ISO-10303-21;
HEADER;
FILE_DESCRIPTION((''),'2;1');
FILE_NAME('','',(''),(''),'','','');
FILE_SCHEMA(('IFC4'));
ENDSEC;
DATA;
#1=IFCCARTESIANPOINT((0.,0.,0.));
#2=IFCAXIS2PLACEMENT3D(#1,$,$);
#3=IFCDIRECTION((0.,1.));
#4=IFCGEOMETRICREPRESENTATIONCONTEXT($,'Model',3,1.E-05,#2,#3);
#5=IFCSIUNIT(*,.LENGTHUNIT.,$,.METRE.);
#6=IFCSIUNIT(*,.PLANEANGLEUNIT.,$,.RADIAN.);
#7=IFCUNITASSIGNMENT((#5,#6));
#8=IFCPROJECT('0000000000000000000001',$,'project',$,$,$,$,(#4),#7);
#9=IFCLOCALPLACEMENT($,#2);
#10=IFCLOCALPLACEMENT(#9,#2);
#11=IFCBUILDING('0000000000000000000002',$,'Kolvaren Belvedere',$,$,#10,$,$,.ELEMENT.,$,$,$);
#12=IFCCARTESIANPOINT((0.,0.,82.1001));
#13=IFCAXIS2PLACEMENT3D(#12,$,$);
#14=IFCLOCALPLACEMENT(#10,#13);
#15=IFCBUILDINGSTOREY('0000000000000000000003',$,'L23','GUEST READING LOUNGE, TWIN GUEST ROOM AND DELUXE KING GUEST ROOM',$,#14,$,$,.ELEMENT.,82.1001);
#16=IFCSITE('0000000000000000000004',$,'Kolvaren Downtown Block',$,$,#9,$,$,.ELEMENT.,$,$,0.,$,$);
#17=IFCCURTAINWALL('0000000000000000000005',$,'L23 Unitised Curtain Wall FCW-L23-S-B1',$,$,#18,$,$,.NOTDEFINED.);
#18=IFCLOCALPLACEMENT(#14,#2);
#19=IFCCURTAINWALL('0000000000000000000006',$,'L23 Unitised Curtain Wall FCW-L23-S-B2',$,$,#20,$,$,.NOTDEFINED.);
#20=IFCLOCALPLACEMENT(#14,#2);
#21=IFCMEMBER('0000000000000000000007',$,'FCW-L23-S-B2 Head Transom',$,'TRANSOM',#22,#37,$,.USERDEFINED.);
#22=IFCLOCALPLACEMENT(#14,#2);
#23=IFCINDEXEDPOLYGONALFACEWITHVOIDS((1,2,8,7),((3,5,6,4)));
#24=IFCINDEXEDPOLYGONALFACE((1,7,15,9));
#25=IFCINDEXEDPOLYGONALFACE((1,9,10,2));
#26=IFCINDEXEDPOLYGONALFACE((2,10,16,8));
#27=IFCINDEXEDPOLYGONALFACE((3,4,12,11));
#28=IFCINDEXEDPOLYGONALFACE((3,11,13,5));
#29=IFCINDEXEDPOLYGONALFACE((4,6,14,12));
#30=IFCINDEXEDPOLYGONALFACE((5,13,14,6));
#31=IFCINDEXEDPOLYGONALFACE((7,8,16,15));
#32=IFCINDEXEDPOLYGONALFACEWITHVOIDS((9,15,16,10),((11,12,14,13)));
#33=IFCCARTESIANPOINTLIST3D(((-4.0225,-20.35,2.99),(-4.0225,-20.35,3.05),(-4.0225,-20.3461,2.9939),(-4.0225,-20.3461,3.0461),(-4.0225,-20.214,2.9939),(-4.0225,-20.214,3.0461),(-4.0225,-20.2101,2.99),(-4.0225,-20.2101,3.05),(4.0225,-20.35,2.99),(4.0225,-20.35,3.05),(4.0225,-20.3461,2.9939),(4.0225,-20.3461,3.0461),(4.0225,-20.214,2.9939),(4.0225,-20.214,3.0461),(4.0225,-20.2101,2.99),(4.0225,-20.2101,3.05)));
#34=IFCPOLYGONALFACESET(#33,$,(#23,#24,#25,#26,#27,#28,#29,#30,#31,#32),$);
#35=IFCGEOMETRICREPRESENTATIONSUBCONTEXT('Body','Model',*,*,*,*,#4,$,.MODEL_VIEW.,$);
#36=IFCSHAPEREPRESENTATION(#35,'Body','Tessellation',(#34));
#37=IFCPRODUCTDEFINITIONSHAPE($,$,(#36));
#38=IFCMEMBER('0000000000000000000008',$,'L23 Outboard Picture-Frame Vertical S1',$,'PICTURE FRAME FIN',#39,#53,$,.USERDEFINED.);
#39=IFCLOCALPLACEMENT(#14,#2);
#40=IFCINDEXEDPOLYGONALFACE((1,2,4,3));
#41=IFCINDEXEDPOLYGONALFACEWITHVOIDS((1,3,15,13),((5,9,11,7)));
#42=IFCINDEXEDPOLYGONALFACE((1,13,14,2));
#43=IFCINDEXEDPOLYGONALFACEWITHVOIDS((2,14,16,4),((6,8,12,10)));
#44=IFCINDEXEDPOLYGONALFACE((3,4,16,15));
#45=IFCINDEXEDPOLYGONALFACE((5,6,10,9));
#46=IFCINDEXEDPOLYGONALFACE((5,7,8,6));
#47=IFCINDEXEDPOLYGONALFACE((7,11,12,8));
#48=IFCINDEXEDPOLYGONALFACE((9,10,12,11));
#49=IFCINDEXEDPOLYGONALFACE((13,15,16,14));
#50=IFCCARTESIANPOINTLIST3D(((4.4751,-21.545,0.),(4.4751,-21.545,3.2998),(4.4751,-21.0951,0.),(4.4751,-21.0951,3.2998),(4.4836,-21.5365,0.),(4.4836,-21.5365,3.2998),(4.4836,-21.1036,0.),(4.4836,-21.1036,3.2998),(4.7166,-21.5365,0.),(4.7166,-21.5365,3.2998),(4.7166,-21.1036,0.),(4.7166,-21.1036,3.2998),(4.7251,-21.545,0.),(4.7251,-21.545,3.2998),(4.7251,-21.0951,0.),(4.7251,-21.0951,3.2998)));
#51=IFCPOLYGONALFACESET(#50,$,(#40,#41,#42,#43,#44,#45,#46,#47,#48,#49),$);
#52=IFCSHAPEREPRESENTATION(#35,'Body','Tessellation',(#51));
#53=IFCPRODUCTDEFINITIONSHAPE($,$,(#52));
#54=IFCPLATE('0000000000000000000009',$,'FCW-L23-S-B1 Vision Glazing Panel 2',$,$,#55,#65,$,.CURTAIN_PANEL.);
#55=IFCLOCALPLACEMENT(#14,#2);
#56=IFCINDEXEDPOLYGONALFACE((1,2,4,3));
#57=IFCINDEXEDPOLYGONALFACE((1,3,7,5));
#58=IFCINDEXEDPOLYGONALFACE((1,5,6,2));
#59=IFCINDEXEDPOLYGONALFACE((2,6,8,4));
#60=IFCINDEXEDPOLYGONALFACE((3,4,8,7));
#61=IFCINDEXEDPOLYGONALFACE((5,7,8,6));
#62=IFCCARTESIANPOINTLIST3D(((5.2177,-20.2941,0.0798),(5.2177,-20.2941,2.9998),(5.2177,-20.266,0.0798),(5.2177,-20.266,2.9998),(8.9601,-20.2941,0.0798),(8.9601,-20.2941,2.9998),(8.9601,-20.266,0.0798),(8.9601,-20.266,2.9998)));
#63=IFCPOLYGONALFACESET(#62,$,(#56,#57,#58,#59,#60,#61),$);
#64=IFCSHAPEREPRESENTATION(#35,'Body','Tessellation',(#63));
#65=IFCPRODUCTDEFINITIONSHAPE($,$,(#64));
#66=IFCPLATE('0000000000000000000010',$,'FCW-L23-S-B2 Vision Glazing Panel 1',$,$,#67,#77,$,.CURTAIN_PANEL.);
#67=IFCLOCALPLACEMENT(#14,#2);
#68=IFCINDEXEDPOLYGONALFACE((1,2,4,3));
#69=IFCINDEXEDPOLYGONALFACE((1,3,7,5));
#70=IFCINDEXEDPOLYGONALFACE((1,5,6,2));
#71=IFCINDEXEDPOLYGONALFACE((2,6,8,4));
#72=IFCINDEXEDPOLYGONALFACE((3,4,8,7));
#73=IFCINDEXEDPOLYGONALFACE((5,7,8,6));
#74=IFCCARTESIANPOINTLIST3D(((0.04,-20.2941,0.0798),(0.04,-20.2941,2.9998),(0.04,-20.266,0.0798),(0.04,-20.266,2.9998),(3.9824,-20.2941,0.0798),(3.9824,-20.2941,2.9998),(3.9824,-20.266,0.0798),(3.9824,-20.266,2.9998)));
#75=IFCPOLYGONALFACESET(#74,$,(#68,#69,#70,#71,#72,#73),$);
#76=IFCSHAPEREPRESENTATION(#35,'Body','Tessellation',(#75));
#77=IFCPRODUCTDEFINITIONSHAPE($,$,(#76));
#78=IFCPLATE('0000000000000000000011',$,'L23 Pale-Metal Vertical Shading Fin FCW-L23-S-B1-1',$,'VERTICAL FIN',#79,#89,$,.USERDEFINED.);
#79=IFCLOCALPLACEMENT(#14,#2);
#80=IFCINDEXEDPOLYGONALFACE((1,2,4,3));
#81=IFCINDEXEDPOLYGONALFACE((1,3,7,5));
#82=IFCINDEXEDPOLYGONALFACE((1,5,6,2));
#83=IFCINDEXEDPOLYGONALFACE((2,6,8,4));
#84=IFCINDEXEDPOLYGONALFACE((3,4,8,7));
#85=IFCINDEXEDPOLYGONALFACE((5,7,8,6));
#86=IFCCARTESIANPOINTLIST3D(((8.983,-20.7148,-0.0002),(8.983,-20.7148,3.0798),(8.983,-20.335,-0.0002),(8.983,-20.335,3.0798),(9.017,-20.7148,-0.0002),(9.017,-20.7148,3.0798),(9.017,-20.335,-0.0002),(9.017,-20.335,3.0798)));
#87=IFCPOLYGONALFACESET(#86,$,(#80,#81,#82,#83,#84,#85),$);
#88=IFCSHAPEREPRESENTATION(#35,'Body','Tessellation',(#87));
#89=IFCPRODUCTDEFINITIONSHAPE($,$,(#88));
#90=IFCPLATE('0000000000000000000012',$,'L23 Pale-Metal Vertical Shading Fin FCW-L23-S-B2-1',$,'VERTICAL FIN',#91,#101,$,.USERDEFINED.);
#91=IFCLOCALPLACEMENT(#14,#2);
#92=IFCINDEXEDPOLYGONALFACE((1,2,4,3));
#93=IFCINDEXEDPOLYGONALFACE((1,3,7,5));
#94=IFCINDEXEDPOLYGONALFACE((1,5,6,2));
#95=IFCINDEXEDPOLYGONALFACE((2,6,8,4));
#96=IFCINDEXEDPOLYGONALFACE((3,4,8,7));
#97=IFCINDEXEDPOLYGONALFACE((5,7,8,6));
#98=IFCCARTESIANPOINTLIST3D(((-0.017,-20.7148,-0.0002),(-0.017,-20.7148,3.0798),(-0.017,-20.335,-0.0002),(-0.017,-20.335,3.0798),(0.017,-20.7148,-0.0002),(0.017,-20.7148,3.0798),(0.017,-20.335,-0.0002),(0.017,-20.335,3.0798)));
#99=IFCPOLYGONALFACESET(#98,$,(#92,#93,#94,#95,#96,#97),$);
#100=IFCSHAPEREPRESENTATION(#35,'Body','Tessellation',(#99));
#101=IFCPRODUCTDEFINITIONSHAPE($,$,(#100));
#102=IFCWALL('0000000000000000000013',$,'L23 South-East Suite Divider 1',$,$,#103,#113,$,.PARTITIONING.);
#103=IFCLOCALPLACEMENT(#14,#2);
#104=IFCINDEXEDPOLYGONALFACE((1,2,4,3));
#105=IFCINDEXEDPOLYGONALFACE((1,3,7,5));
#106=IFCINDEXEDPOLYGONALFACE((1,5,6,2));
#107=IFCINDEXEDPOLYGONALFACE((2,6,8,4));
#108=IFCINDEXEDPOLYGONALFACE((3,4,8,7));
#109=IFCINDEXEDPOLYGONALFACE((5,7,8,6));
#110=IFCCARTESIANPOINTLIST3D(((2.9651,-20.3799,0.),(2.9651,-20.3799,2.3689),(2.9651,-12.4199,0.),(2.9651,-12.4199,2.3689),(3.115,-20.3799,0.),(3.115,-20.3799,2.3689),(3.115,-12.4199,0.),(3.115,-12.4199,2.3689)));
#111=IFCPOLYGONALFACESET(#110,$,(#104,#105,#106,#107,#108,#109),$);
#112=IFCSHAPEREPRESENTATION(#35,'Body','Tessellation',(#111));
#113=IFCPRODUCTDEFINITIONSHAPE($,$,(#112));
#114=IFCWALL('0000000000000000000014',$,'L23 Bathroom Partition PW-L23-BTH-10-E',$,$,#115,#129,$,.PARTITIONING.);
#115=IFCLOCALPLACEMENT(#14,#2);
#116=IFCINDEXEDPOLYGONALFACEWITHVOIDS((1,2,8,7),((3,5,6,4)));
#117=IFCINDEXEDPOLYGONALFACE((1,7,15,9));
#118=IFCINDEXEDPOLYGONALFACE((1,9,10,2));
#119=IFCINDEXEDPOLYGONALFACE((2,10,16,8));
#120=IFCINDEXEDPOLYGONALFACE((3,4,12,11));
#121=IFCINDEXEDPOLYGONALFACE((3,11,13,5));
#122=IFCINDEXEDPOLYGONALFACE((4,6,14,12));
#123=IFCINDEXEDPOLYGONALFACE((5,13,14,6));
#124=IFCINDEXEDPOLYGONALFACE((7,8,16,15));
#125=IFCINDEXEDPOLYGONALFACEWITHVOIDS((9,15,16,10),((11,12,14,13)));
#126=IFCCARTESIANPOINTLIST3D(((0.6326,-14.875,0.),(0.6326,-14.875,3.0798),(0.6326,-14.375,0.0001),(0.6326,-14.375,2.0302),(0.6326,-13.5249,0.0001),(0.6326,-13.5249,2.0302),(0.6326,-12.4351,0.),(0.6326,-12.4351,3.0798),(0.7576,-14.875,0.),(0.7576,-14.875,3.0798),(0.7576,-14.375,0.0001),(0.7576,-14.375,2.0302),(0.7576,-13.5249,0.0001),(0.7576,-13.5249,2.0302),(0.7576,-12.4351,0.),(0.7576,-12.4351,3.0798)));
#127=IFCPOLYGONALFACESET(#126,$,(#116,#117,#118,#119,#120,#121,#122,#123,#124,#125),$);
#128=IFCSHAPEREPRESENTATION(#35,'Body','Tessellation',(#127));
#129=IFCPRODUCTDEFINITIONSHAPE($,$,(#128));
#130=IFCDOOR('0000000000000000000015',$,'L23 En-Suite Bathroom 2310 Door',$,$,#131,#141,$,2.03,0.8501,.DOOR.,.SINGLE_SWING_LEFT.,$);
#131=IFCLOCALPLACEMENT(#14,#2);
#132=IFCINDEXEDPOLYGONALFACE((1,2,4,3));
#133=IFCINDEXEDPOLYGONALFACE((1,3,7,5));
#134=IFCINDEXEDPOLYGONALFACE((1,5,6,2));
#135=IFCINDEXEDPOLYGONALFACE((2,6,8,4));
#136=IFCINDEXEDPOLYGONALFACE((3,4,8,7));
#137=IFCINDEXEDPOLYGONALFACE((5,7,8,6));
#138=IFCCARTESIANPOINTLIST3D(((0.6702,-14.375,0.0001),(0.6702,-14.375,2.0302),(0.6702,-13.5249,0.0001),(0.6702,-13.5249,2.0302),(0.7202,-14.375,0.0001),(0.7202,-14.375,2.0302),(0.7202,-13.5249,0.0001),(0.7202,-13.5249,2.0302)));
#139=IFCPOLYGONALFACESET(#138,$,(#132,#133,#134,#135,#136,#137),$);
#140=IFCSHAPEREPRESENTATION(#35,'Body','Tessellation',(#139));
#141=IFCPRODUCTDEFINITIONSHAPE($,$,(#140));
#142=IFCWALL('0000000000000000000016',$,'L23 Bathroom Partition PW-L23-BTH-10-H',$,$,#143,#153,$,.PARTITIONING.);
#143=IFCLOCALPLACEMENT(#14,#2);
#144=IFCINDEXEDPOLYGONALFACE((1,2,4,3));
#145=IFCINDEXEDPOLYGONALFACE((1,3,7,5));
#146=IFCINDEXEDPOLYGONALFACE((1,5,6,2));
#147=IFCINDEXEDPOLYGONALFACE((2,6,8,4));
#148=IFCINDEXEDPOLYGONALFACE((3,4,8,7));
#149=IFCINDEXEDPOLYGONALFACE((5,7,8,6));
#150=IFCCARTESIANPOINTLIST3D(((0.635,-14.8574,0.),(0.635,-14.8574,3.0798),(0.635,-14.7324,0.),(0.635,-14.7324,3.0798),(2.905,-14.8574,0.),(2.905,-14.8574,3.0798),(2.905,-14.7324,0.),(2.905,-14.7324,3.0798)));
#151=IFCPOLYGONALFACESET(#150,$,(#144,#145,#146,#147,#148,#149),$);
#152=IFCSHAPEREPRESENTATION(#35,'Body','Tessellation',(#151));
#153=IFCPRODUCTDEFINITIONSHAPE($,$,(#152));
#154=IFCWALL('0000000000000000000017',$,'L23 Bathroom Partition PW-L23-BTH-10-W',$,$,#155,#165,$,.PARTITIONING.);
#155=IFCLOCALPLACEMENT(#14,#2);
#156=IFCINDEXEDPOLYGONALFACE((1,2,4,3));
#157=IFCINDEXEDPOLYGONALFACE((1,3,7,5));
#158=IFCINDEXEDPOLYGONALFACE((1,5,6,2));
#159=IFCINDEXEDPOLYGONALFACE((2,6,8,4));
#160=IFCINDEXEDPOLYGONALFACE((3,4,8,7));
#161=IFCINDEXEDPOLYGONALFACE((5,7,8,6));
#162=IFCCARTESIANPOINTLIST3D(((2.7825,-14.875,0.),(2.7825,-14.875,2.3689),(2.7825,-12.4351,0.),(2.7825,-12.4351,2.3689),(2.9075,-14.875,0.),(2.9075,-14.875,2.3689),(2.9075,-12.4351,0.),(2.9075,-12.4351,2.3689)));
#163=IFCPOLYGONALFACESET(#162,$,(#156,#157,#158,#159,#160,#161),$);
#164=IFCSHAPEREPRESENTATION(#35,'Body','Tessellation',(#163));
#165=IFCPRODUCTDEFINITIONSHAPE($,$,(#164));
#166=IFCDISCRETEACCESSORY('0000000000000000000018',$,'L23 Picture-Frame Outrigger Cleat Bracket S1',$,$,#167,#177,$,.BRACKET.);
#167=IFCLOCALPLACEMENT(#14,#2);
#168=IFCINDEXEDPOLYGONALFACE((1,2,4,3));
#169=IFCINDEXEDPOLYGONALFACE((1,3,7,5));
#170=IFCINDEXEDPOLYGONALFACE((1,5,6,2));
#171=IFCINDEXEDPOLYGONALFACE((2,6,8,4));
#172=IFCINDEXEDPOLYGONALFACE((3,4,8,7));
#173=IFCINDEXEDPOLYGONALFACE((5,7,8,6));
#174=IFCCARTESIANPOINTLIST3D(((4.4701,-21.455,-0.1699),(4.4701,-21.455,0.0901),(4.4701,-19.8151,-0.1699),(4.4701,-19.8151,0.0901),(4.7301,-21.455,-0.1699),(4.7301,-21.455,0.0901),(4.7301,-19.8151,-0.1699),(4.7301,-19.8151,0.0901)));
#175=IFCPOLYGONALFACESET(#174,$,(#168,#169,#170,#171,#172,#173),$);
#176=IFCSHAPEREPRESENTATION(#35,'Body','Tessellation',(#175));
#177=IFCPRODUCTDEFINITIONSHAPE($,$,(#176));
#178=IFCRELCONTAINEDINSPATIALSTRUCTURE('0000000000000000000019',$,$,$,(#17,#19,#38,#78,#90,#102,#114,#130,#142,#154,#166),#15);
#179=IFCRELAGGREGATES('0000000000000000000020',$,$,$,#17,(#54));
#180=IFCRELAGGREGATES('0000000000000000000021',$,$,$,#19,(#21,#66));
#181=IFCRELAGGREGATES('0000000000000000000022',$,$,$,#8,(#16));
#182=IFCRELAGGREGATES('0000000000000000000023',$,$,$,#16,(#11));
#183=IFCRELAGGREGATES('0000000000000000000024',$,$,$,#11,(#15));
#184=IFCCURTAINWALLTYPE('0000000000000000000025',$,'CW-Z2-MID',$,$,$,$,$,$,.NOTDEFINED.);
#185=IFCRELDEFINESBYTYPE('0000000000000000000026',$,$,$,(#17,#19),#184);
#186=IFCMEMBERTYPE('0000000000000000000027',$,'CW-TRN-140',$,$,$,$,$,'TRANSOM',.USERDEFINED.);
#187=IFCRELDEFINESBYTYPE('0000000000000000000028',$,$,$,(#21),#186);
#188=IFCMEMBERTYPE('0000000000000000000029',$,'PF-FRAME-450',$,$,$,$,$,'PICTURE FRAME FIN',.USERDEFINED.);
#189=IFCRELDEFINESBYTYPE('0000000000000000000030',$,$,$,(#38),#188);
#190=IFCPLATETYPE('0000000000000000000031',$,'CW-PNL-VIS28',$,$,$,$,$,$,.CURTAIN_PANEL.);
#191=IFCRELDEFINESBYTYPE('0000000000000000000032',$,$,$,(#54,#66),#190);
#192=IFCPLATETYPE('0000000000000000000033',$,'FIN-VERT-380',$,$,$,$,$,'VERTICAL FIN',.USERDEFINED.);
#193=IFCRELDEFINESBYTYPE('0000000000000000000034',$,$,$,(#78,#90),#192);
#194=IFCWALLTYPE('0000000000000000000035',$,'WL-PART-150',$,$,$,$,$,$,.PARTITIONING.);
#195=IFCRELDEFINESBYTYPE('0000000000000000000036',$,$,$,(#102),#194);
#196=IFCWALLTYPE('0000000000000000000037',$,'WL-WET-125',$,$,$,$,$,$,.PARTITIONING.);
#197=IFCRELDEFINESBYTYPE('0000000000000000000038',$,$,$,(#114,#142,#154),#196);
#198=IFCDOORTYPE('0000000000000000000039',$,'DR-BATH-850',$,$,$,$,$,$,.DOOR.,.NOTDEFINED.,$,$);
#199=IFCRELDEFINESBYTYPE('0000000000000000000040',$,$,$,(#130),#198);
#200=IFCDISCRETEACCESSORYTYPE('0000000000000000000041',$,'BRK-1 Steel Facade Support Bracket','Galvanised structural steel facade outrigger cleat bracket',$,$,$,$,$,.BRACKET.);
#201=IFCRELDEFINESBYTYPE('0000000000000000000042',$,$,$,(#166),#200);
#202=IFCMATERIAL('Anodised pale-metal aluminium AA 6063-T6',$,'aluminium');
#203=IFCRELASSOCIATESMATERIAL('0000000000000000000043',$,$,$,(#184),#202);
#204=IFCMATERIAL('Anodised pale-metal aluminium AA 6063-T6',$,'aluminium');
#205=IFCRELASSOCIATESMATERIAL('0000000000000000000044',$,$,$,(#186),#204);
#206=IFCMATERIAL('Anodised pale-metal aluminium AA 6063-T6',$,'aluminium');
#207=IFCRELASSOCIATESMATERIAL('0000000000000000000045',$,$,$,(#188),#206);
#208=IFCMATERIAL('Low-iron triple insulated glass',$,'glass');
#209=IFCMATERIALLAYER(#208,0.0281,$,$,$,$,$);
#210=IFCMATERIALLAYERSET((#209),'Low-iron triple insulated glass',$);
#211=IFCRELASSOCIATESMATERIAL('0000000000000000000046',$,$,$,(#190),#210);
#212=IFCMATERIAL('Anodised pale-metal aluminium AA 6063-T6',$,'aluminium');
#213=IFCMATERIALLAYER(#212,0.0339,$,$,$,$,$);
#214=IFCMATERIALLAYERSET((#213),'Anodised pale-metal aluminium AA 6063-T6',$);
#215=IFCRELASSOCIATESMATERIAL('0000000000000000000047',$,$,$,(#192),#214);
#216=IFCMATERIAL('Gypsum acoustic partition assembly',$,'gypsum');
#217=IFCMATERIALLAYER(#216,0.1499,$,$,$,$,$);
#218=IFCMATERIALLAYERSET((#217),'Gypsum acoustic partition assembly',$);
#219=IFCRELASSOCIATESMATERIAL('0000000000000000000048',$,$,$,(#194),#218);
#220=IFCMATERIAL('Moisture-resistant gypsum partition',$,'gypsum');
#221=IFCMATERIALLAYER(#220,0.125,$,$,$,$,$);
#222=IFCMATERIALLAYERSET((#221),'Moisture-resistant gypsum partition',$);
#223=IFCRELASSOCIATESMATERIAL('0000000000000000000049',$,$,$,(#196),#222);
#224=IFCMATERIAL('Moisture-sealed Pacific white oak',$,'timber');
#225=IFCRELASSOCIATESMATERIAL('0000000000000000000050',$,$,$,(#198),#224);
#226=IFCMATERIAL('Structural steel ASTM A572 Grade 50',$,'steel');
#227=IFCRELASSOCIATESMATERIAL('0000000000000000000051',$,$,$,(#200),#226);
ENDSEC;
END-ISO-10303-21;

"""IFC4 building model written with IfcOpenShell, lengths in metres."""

from ifc_helpers import new_model, si_unit, direction, frame, frame_2d, origin, origin_2d, place, context, subcontext, project, spatial, rectangle, hollow_rectangle, extrude, material, layer, layer_set, material_profile, profile_set, type_object, element, fill, aggregate, save


model = new_model("IFC4")

# Units and contexts
model_context = context("Model", 3, precision=1e-05, world=origin(), true_north=direction((0.0, 1.0)))
body_context = subcontext(model_context, "Body", "Model", "MODEL_VIEW")
ifc_project = project(units=[si_unit("LENGTHUNIT", "METRE"), si_unit("PLANEANGLEUNIT", "RADIAN")], contexts=[model_context])

# Site, building, storey
site_placement = place(None, origin())
site = spatial("IfcSite", under=ifc_project, at=site_placement, Name="Kolvaren Downtown Block", CompositionType="ELEMENT", RefElevation=0.0)
building_placement = place(site_placement, origin())
building = spatial("IfcBuilding", under=site, at=building_placement, Name="Kolvaren Belvedere", CompositionType="ELEMENT")
storey_placement = place(building_placement, frame((0.0, 0.0, 82.1001)))
storey = spatial("IfcBuildingStorey", under=building, at=storey_placement, Name="L23", Description="GUEST READING LOUNGE, TWIN GUEST ROOM AND DELUXE KING GUEST ROOM", CompositionType="ELEMENT", Elevation=82.1001)

# Curtain walls, member
ifc_material_1 = material(Name="Anodised pale-metal aluminium AA 6063-T6", Category="aluminium")
curtain_wall_type = type_object("IfcCurtainWallType", Name="CW-Z2-MID", PredefinedType="NOTDEFINED", material=ifc_material_1)
curtain_wall_1_placement = place(storey_placement, origin())
curtain_wall_1 = element("IfcCurtainWall", 1, at=curtain_wall_1_placement, inside=storey, type_object=curtain_wall_type, Name="L23 Unitised Curtain Wall FCW-L23-S-B1", PredefinedType="NOTDEFINED")
curtain_wall_2_placement = place(storey_placement, origin())
curtain_wall_2 = element("IfcCurtainWall", 2, at=curtain_wall_2_placement, inside=storey, type_object=curtain_wall_type, Name="L23 Unitised Curtain Wall FCW-L23-S-B2", PredefinedType="NOTDEFINED")
ifc_material_2 = material(Name="Anodised pale-metal aluminium AA 6063-T6", Category="aluminium")
ifc_material_profile_1 = material_profile(ifc_material_2, hollow_rectangle(XDim=0.0601, YDim=0.1399, WallThickness=0.0039, at=origin_2d()), Name="ALU-TRN-140X60")
ifc_profile_set_1 = profile_set([ifc_material_profile_1], Name="Anodised pale-metal aluminium AA 6063-T6")
member_type_1 = type_object("IfcMemberType", Name="CW-TRN-140", ElementType="TRANSOM", PredefinedType="USERDEFINED", material=ifc_profile_set_1)
member_1_placement = place(storey_placement, frame((4.0225, -20.28, 3.02), z_axis=(-1.0, 0.0, 0.0), x_axis=(0.0, 0.0, 1.0)))
member_1 = element("IfcMember", 3, at=member_1_placement, type_object=member_type_1, Name="FCW-L23-S-B2 Head Transom", ObjectType="TRANSOM", PredefinedType="USERDEFINED", context=body_context, shape_type="SweptSolid", body=[
    extrude(hollow_rectangle(XDim=0.0601, YDim=0.1399, WallThickness=0.0039, at=origin_2d()), origin(), (0.0, 0.0, 1.0), 8.0449),
])

# Member
ifc_material_3 = material(Name="Anodised pale-metal aluminium AA 6063-T6", Category="aluminium")
ifc_material_profile_2 = material_profile(ifc_material_3, hollow_rectangle(XDim=0.25, YDim=0.45, WallThickness=0.0085, at=origin_2d()), Name="ALU-PF-450X250")
ifc_profile_set_2 = profile_set([ifc_material_profile_2], Name="Anodised pale-metal aluminium AA 6063-T6")
member_type_2 = type_object("IfcMemberType", Name="PF-FRAME-450", ElementType="PICTURE FRAME FIN", PredefinedType="USERDEFINED", material=ifc_profile_set_2)
member_2_placement = place(storey_placement, frame((4.6001, -21.3201, 0.0), z_axis=(0.0, 0.0, 1.0), x_axis=(1.0, 0.0, 0.0)))
element("IfcMember", 4, at=member_2_placement, inside=storey, type_object=member_type_2, Name="L23 Outboard Picture-Frame Vertical S1", ObjectType="PICTURE FRAME FIN", PredefinedType="USERDEFINED", context=body_context, shape_type="SweptSolid", body=[
    extrude(hollow_rectangle(XDim=0.25, YDim=0.45, WallThickness=0.0085, at=origin_2d()), origin(), (0.0, 0.0, 1.0), 3.2998),
])

# Plates
ifc_material_4 = material(Name="Low-iron triple insulated glass", Category="glass")
ifc_layer_1 = layer(ifc_material_4, 0.0281)
ifc_layer_set_1 = layer_set([ifc_layer_1], Name="Low-iron triple insulated glass")
plate_type_1 = type_object("IfcPlateType", Name="CW-PNL-VIS28", PredefinedType="CURTAIN_PANEL", material=ifc_layer_set_1)
plate_1_placement = place(storey_placement, frame((7.0889, -20.28, 0.0798), z_axis=(0.0, 0.0, 1.0), x_axis=(-1.0, 0.0, 0.0)))
plate_1 = element("IfcPlate", 5, at=plate_1_placement, type_object=plate_type_1, Name="FCW-L23-S-B1 Vision Glazing Panel 2", PredefinedType="CURTAIN_PANEL", context=body_context, shape_type="SweptSolid", body=[
    extrude(rectangle(XDim=3.7424, YDim=0.0281, at=origin_2d()), origin(), (0.0, 0.0, 1.0), 2.9199),
])
aggregate(curtain_wall_1, [plate_1])
plate_2_placement = place(storey_placement, frame((2.0112, -20.28, 0.0798), z_axis=(0.0, 0.0, 1.0), x_axis=(-1.0, 0.0, 0.0)))
plate_2 = element("IfcPlate", 6, at=plate_2_placement, type_object=plate_type_1, Name="FCW-L23-S-B2 Vision Glazing Panel 1", PredefinedType="CURTAIN_PANEL", context=body_context, shape_type="SweptSolid", body=[
    extrude(rectangle(XDim=3.9424, YDim=0.0281, at=origin_2d()), origin(), (0.0, 0.0, 1.0), 2.9199),
])
aggregate(curtain_wall_2, [member_1, plate_2])

# Plates
ifc_material_5 = material(Name="Anodised pale-metal aluminium AA 6063-T6", Category="aluminium")
ifc_layer_2 = layer(ifc_material_5, 0.0339)
ifc_layer_set_2 = layer_set([ifc_layer_2], Name="Anodised pale-metal aluminium AA 6063-T6")
plate_type_2 = type_object("IfcPlateType", Name="FIN-VERT-380", ElementType="VERTICAL FIN", PredefinedType="USERDEFINED", material=ifc_layer_set_2)
for number, where, z_axis, x_axis, name in (
    (7, (9.0, -20.5249, -0.0002), (0.0, 0.0, 1.0), (0.0, 1.0, 0.0), "L23 Pale-Metal Vertical Shading Fin FCW-L23-S-B1-1"),
    (8, (0.0, -20.5249, -0.0002), (0.0, 0.0, 1.0), (0.0, 1.0, 0.0), "L23 Pale-Metal Vertical Shading Fin FCW-L23-S-B2-1"),
):
    element("IfcPlate", number, at=place(storey_placement, frame(where, z_axis=z_axis, x_axis=x_axis)), inside=storey, type_object=plate_type_2, Name=name, ObjectType="VERTICAL FIN", PredefinedType="USERDEFINED", context=body_context, shape_type="SweptSolid", body=[
        extrude(rectangle(XDim=0.3799, YDim=0.0339, at=origin_2d()), origin(), (0.0, 0.0, 1.0), 3.0801),
    ])

# Wall
ifc_material_6 = material(Name="Gypsum acoustic partition assembly", Category="gypsum")
ifc_layer_3 = layer(ifc_material_6, 0.1499)
ifc_layer_set_3 = layer_set([ifc_layer_3], Name="Gypsum acoustic partition assembly")
wall_type_1 = type_object("IfcWallType", Name="WL-PART-150", PredefinedType="PARTITIONING", material=ifc_layer_set_3)
wall_1_placement = place(storey_placement, frame((3.04, -20.3799, 0.0), z_axis=(0.0, 0.0, 1.0), x_axis=(0.0, 1.0, 0.0)))
element("IfcWall", 9, at=wall_1_placement, inside=storey, type_object=wall_type_1, Name="L23 South-East Suite Divider 1", PredefinedType="PARTITIONING", context=body_context, shape_type="SweptSolid", body=[
    extrude(rectangle(XDim=7.96, YDim=0.1499, at=frame_2d((3.98, 0.0))), origin(), (0.0, 0.0, 1.0), 2.3689),
])

# Wall, opening, door
ifc_material_7 = material(Name="Moisture-resistant gypsum partition", Category="gypsum")
ifc_layer_4 = layer(ifc_material_7, 0.125)
ifc_layer_set_4 = layer_set([ifc_layer_4], Name="Moisture-resistant gypsum partition")
wall_type_2 = type_object("IfcWallType", Name="WL-WET-125", PredefinedType="PARTITIONING", material=ifc_layer_set_4)
wall_2_placement = place(storey_placement, frame((0.6951, -14.875, 0.0), z_axis=(0.0, 0.0, 1.0), x_axis=(0.0, 1.0, 0.0)))
wall_2 = element("IfcWall", 10, at=wall_2_placement, inside=storey, type_object=wall_type_2, Name="L23 Bathroom Partition PW-L23-BTH-10-E", PredefinedType="PARTITIONING", context=body_context, shape_type="SweptSolid", body=[
    extrude(rectangle(XDim=2.4399, YDim=0.125, at=frame_2d((1.22, 0.0))), origin(), (0.0, 0.0, 1.0), 3.0798),
])
opening_placement = place(wall_2_placement, frame((0.5, 0.0, 0.0)))
opening = element("IfcOpeningElement", 11, at=opening_placement, cuts=wall_2, PredefinedType="OPENING", context=body_context, shape_type="SweptSolid", body=[
    extrude(rectangle(XDim=0.8501, YDim=2.03, at=frame_2d((0.425, 1.0151))), frame((0.0, 0.0725, 0.0), z_axis=(0.0, -1.0, 0.0), x_axis=(1.0, 0.0, 0.0)), (0.0, 0.0, 1.0), 0.145),
])
ifc_material_8 = material(Name="Moisture-sealed Pacific white oak", Category="timber")
door_type = type_object("IfcDoorType", Name="DR-BATH-850", OperationType="NOTDEFINED", PredefinedType="DOOR", material=ifc_material_8)
door_placement = place(opening_placement, origin())
door = element("IfcDoor", 12, at=door_placement, inside=storey, type_object=door_type, Name="L23 En-Suite Bathroom 2310 Door", OperationType="SINGLE_SWING_LEFT", OverallHeight=2.03, OverallWidth=0.8501, PredefinedType="DOOR", context=body_context, shape_type="SweptSolid", body=[
    extrude(rectangle(XDim=0.8501, YDim=2.03, at=frame_2d((0.425, 1.0151))), frame((0.0, 0.0249, 0.0), z_axis=(0.0, -1.0, 0.0), x_axis=(1.0, 0.0, 0.0)), (0.0, 0.0, 1.0), 0.05),
])
fill(opening, door)

# Walls
wall_3_placement = place(storey_placement, frame((0.635, -14.7949, 0.0), z_axis=(0.0, 0.0, 1.0), x_axis=(1.0, 0.0, 0.0)))
element("IfcWall", 13, at=wall_3_placement, inside=storey, type_object=wall_type_2, Name="L23 Bathroom Partition PW-L23-BTH-10-H", PredefinedType="PARTITIONING", context=body_context, shape_type="SweptSolid", body=[
    extrude(rectangle(XDim=2.27, YDim=0.125, at=frame_2d((1.135, 0.0))), origin(), (0.0, 0.0, 1.0), 3.0798),
])
wall_4_placement = place(storey_placement, frame((2.845, -14.875, 0.0), z_axis=(0.0, 0.0, 1.0), x_axis=(0.0, 1.0, 0.0)))
element("IfcWall", 14, at=wall_4_placement, inside=storey, type_object=wall_type_2, Name="L23 Bathroom Partition PW-L23-BTH-10-W", PredefinedType="PARTITIONING", context=body_context, shape_type="SweptSolid", body=[
    extrude(rectangle(XDim=2.4399, YDim=0.125, at=frame_2d((1.22, 0.0))), origin(), (0.0, 0.0, 1.0), 2.3689),
])

# Discrete accessory
ifc_material_9 = material(Name="Structural steel ASTM A572 Grade 50", Category="steel")
discrete_accessory_type = type_object("IfcDiscreteAccessoryType", Name="BRK-1 Steel Facade Support Bracket", Description="Galvanised structural steel facade outrigger cleat bracket", PredefinedType="BRACKET", material=ifc_material_9)
discrete_accessory_placement = place(storey_placement, frame((4.6001, -20.635, -0.1699), z_axis=(0.0, 0.0, 1.0), x_axis=(0.0, 1.0, 0.0)))
element("IfcDiscreteAccessory", 15, at=discrete_accessory_placement, inside=storey, type_object=discrete_accessory_type, Name="L23 Picture-Frame Outrigger Cleat Bracket S1", PredefinedType="BRACKET", context=body_context, shape_type="SweptSolid", body=[
    extrude(rectangle(XDim=1.6399, YDim=0.26, at=origin_2d()), origin(), (0.0, 0.0, 1.0), 0.26),
])

save(model, "model.ifc")
